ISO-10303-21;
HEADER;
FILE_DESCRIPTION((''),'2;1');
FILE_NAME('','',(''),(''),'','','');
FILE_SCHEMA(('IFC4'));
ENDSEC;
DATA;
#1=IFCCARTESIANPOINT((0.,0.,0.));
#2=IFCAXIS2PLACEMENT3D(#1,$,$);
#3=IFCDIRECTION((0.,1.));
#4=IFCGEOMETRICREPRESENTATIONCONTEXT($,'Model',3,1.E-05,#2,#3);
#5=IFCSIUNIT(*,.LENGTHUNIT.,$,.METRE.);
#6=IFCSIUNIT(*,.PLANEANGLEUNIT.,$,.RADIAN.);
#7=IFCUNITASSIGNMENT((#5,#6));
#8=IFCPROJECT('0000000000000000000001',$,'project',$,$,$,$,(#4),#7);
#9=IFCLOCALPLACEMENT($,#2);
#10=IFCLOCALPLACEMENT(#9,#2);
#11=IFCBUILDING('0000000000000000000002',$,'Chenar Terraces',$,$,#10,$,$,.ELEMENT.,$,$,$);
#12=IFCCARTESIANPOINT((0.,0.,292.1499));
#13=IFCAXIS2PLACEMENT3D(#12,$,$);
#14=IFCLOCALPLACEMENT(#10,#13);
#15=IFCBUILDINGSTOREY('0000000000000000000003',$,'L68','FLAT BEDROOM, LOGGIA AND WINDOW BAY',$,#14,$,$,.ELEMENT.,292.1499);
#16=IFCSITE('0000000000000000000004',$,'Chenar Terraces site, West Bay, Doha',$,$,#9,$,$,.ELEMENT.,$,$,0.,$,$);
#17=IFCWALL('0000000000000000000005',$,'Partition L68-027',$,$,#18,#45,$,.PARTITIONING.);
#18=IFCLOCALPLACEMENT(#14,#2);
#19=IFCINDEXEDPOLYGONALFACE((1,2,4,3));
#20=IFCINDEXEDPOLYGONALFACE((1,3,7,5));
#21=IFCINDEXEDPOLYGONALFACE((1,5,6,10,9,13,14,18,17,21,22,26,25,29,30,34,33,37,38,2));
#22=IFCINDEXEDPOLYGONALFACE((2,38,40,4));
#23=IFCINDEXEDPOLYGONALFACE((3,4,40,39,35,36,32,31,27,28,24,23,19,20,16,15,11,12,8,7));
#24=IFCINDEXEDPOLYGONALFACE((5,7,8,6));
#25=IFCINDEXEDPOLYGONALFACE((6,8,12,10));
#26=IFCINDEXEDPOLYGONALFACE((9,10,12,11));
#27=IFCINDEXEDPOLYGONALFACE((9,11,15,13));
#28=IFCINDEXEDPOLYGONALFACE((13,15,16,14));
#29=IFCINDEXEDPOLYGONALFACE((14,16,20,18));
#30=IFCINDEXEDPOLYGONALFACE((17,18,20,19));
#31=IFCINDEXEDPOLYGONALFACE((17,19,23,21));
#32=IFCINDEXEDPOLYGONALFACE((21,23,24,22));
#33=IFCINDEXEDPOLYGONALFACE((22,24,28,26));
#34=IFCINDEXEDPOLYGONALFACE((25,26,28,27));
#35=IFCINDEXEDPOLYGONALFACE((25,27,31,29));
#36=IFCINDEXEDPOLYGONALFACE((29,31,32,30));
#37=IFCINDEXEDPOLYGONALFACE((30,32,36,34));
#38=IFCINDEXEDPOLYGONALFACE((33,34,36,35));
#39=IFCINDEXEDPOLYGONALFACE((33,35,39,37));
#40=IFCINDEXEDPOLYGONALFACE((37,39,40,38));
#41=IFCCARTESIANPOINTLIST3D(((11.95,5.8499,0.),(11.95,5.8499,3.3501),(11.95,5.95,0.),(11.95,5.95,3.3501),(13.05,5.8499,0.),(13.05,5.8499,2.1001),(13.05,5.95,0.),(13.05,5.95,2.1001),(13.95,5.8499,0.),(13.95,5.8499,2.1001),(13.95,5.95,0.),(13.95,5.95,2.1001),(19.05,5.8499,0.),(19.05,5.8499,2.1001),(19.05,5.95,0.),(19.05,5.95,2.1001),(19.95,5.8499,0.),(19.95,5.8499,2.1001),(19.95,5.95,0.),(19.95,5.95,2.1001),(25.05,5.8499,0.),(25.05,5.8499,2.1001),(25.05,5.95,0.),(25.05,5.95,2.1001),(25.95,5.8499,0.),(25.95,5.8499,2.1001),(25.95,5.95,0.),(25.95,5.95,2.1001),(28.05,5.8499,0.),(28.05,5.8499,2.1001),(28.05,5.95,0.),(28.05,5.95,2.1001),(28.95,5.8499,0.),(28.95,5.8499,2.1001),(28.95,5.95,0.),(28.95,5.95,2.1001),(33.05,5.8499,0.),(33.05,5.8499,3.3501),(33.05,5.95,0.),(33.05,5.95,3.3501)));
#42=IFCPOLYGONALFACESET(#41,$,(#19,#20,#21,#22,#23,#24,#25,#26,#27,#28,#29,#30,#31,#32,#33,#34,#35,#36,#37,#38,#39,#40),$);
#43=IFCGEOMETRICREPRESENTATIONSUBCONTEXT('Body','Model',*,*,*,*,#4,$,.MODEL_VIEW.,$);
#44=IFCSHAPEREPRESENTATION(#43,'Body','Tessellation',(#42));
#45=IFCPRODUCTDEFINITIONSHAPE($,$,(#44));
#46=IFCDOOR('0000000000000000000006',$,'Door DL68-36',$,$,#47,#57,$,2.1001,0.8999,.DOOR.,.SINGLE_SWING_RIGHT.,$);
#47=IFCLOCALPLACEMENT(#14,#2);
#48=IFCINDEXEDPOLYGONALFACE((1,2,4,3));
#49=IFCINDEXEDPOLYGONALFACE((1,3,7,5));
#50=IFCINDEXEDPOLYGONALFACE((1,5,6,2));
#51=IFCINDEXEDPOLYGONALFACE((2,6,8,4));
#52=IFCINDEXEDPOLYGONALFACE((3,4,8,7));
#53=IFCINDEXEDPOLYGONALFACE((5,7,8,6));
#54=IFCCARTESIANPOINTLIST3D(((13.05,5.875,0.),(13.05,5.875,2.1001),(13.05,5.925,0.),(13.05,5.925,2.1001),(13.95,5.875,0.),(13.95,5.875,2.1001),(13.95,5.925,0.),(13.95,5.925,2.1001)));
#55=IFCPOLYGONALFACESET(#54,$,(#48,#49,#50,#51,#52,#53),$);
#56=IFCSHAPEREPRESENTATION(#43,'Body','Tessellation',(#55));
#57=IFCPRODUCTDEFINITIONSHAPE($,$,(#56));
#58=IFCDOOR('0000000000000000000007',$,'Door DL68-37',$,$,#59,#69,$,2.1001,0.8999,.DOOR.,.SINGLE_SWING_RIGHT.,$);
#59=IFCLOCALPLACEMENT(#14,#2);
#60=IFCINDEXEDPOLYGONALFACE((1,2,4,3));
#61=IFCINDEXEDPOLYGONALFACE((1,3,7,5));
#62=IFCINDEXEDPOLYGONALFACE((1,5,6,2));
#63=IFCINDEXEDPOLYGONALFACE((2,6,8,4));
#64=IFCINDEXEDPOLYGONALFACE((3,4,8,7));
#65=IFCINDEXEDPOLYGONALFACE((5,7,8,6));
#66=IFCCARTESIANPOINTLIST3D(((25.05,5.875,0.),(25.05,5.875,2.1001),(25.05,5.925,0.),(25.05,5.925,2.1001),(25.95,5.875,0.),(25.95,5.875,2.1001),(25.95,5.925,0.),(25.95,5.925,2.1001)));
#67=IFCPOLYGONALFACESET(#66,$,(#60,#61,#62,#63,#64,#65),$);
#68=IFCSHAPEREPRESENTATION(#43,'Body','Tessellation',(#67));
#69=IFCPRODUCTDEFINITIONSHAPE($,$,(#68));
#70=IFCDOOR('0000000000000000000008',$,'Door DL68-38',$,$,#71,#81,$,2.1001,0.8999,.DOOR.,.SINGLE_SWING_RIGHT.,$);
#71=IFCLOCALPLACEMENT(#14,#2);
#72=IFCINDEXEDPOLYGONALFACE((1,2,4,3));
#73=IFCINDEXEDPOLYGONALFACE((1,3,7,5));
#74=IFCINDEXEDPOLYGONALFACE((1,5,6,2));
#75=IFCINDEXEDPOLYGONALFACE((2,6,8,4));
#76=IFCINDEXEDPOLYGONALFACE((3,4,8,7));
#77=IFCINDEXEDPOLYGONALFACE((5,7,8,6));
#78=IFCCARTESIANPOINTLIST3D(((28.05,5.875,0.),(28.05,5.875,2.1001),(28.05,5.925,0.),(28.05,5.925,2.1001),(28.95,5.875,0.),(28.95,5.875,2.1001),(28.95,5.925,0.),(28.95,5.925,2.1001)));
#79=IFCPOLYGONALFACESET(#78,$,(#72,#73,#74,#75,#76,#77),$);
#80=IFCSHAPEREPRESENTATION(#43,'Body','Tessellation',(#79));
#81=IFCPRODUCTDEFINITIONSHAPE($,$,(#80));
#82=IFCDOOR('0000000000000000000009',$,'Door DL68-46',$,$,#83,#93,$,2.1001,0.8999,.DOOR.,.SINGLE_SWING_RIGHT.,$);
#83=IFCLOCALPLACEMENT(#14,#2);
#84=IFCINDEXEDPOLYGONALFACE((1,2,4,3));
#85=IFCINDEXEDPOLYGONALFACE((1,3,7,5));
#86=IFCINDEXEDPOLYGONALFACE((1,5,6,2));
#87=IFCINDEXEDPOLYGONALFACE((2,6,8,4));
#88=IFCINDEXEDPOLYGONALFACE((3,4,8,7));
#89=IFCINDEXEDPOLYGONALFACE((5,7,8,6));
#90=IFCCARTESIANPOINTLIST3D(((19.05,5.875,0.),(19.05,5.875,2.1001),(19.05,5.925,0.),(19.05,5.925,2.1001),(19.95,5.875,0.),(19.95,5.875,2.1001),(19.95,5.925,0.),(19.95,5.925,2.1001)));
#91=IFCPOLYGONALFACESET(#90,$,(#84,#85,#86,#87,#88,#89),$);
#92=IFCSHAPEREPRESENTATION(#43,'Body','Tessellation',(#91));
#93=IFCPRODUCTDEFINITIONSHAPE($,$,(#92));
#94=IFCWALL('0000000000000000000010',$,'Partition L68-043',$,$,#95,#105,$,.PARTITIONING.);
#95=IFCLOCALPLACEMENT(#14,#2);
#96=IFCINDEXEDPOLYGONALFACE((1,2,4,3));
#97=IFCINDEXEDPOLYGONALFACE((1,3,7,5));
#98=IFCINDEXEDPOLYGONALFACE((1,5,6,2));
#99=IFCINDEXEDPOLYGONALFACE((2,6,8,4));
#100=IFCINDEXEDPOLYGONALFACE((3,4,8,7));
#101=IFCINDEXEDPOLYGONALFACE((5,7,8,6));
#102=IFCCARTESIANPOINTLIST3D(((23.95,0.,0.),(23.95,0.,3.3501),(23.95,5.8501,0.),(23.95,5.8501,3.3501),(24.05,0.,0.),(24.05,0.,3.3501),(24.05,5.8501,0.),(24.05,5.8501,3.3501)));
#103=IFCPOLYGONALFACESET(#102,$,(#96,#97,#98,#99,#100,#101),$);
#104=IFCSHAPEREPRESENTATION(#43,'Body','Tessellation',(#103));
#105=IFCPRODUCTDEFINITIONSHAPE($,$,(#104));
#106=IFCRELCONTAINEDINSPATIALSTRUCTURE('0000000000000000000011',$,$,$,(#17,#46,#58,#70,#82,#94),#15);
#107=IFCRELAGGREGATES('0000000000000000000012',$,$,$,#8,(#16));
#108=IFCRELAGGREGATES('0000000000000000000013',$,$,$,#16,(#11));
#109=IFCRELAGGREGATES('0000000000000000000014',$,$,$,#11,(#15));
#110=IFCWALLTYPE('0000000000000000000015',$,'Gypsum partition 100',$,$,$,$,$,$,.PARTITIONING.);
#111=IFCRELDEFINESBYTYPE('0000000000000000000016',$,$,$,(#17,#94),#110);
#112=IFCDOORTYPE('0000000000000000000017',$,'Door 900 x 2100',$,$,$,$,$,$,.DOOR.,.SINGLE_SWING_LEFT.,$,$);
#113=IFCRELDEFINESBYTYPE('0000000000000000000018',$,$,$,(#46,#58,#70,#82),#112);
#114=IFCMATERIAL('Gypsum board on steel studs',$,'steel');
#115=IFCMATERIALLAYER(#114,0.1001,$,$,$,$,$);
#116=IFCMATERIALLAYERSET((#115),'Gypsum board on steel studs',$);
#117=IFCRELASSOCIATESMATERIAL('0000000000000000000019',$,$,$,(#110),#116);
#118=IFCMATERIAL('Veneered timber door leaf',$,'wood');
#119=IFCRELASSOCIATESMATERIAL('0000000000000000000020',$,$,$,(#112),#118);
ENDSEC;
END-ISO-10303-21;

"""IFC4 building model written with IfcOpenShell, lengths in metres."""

from ifc_helpers import new_model, si_unit, direction, frame, frame_2d, origin, place, context, subcontext, project, spatial, rectangle, extrude, material, layer, layer_set, type_object, element, fill, save


model = new_model("IFC4")

# Units and contexts
model_context = context("Model", 3, precision=1e-05, world=origin(), true_north=direction((0.0, 1.0)))
body_context = subcontext(model_context, "Body", "Model", "MODEL_VIEW")
ifc_project = project(units=[si_unit("LENGTHUNIT", "METRE"), si_unit("PLANEANGLEUNIT", "RADIAN")], contexts=[model_context])

# Site, building, storey
site_placement = place(None, origin())
site = spatial("IfcSite", under=ifc_project, at=site_placement, Name="Chenar Terraces site, West Bay, Doha", CompositionType="ELEMENT", RefElevation=0.0)
building_placement = place(site_placement, origin())
building = spatial("IfcBuilding", under=site, at=building_placement, Name="Chenar Terraces", CompositionType="ELEMENT")
storey_placement = place(building_placement, frame((0.0, 0.0, 292.1499)))
storey = spatial("IfcBuildingStorey", under=building, at=storey_placement, Name="L68", Description="FLAT BEDROOM, LOGGIA AND WINDOW BAY", CompositionType="ELEMENT", Elevation=292.1499)

# Wall, openings, doors
ifc_material_1 = material(Name="Gypsum board on steel studs", Category="steel")
ifc_layer_1 = layer(ifc_material_1, 0.1001)
ifc_layer_set_1 = layer_set([ifc_layer_1], Name="Gypsum board on steel studs")
wall_type_1 = type_object("IfcWallType", Name="Gypsum partition 100", PredefinedType="PARTITIONING", material=ifc_layer_set_1)
wall_1_placement = place(storey_placement, frame((11.95, 5.8999, 0.0), z_axis=(0.0, 0.0, 1.0), x_axis=(1.0, 0.0, 0.0)))
wall_1 = element("IfcWall", 1, at=wall_1_placement, inside=storey, type_object=wall_type_1, Name="Partition L68-027", PredefinedType="PARTITIONING", context=body_context, shape_type="SweptSolid", body=[
    extrude(rectangle(XDim=21.1001, YDim=0.1001, at=frame_2d((10.55, 0.0))), origin(), (0.0, 0.0, 1.0), 3.3501),
])
opening_1_placement = place(wall_1_placement, frame((1.1001, 0.0, 0.0)))
opening_1 = element("IfcOpeningElement", 2, at=opening_1_placement, cuts=wall_1, PredefinedType="OPENING", context=body_context, shape_type="SweptSolid", body=[
    extrude(rectangle(XDim=0.8999, YDim=2.1001, at=frame_2d((0.45, 1.05))), frame((0.0, 0.0601, 0.0), z_axis=(0.0, -1.0, 0.0), x_axis=(1.0, 0.0, 0.0)), (0.0, 0.0, 1.0), 0.1201),
])
opening_2_placement = place(wall_1_placement, frame((13.1001, 0.0, 0.0)))
opening_2 = element("IfcOpeningElement", 3, at=opening_2_placement, cuts=wall_1, PredefinedType="OPENING", context=body_context, shape_type="SweptSolid", body=[
    extrude(rectangle(XDim=0.8999, YDim=2.1001, at=frame_2d((0.45, 1.05))), frame((0.0, 0.0601, 0.0), z_axis=(0.0, -1.0, 0.0), x_axis=(1.0, 0.0, 0.0)), (0.0, 0.0, 1.0), 0.1201),
])
opening_3_placement = place(wall_1_placement, frame((16.1001, 0.0, 0.0)))
opening_3 = element("IfcOpeningElement", 4, at=opening_3_placement, cuts=wall_1, PredefinedType="OPENING", context=body_context, shape_type="SweptSolid", body=[
    extrude(rectangle(XDim=0.8999, YDim=2.1001, at=frame_2d((0.45, 1.05))), frame((0.0, 0.0601, 0.0), z_axis=(0.0, -1.0, 0.0), x_axis=(1.0, 0.0, 0.0)), (0.0, 0.0, 1.0), 0.1201),
])
opening_4_placement = place(wall_1_placement, frame((7.1001, 0.0, 0.0)))
opening_4 = element("IfcOpeningElement", 5, at=opening_4_placement, cuts=wall_1, PredefinedType="OPENING", context=body_context, shape_type="SweptSolid", body=[
    extrude(rectangle(XDim=0.8999, YDim=2.1001, at=frame_2d((0.45, 1.05))), frame((0.0, 0.0601, 0.0), z_axis=(0.0, -1.0, 0.0), x_axis=(1.0, 0.0, 0.0)), (0.0, 0.0, 1.0), 0.1201),
])
ifc_material_2 = material(Name="Veneered timber door leaf", Category="wood")
door_type_1 = type_object("IfcDoorType", Name="Door 900 x 2100", OperationType="SINGLE_SWING_LEFT", PredefinedType="DOOR", material=ifc_material_2)
door_1_placement = place(opening_1_placement, frame((0.8999, 0.0, 0.0), z_axis=(0.0, 0.0, 1.0), x_axis=(-1.0, 0.0, 0.0)))
door_1 = element("IfcDoor", 6, at=door_1_placement, inside=storey, type_object=door_type_1, Name="Door DL68-36", OperationType="SINGLE_SWING_RIGHT", OverallHeight=2.1001, OverallWidth=0.8999, PredefinedType="DOOR", context=body_context, shape_type="SweptSolid", body=[
    extrude(rectangle(XDim=0.8999, YDim=2.1001, at=frame_2d((0.45, 1.05))), frame((0.0, 0.0249, 0.0), z_axis=(0.0, -1.0, 0.0), x_axis=(1.0, 0.0, 0.0)), (0.0, 0.0, 1.0), 0.05),
])
fill(opening_1, door_1)
door_2_placement = place(opening_2_placement, frame((0.8999, 0.0, 0.0), z_axis=(0.0, 0.0, 1.0), x_axis=(-1.0, 0.0, 0.0)))
door_2 = element("IfcDoor", 7, at=door_2_placement, inside=storey, type_object=door_type_1, Name="Door DL68-37", OperationType="SINGLE_SWING_RIGHT", OverallHeight=2.1001, OverallWidth=0.8999, PredefinedType="DOOR", context=body_context, shape_type="SweptSolid", body=[
    extrude(rectangle(XDim=0.8999, YDim=2.1001, at=frame_2d((0.45, 1.05))), frame((0.0, 0.0249, 0.0), z_axis=(0.0, -1.0, 0.0), x_axis=(1.0, 0.0, 0.0)), (0.0, 0.0, 1.0), 0.05),
])
fill(opening_2, door_2)
door_3_placement = place(opening_3_placement, frame((0.8999, 0.0, 0.0), z_axis=(0.0, 0.0, 1.0), x_axis=(-1.0, 0.0, 0.0)))
door_3 = element("IfcDoor", 8, at=door_3_placement, inside=storey, type_object=door_type_1, Name="Door DL68-38", OperationType="SINGLE_SWING_RIGHT", OverallHeight=2.1001, OverallWidth=0.8999, PredefinedType="DOOR", context=body_context, shape_type="SweptSolid", body=[
    extrude(rectangle(XDim=0.8999, YDim=2.1001, at=frame_2d((0.45, 1.05))), frame((0.0, 0.0249, 0.0), z_axis=(0.0, -1.0, 0.0), x_axis=(1.0, 0.0, 0.0)), (0.0, 0.0, 1.0), 0.05),
])
fill(opening_3, door_3)
door_4_placement = place(opening_4_placement, frame((0.8999, 0.0, 0.0), z_axis=(0.0, 0.0, 1.0), x_axis=(-1.0, 0.0, 0.0)))
door_4 = element("IfcDoor", 9, at=door_4_placement, inside=storey, type_object=door_type_1, Name="Door DL68-46", OperationType="SINGLE_SWING_RIGHT", OverallHeight=2.1001, OverallWidth=0.8999, PredefinedType="DOOR", context=body_context, shape_type="SweptSolid", body=[
    extrude(rectangle(XDim=0.8999, YDim=2.1001, at=frame_2d((0.45, 1.05))), frame((0.0, 0.0249, 0.0), z_axis=(0.0, -1.0, 0.0), x_axis=(1.0, 0.0, 0.0)), (0.0, 0.0, 1.0), 0.05),
])
fill(opening_4, door_4)

# Wall
wall_2_placement = place(storey_placement, frame((24.0, 0.0, 0.0), z_axis=(0.0, 0.0, 1.0), x_axis=(0.0, 1.0, 0.0)))
element("IfcWall", 10, at=wall_2_placement, inside=storey, type_object=wall_type_1, Name="Partition L68-043", PredefinedType="PARTITIONING", context=body_context, shape_type="SweptSolid", body=[
    extrude(rectangle(XDim=5.8501, YDim=0.1001, at=frame_2d((2.925, 0.0))), origin(), (0.0, 0.0, 1.0), 3.3501),
])

save(model, "model.ifc")
